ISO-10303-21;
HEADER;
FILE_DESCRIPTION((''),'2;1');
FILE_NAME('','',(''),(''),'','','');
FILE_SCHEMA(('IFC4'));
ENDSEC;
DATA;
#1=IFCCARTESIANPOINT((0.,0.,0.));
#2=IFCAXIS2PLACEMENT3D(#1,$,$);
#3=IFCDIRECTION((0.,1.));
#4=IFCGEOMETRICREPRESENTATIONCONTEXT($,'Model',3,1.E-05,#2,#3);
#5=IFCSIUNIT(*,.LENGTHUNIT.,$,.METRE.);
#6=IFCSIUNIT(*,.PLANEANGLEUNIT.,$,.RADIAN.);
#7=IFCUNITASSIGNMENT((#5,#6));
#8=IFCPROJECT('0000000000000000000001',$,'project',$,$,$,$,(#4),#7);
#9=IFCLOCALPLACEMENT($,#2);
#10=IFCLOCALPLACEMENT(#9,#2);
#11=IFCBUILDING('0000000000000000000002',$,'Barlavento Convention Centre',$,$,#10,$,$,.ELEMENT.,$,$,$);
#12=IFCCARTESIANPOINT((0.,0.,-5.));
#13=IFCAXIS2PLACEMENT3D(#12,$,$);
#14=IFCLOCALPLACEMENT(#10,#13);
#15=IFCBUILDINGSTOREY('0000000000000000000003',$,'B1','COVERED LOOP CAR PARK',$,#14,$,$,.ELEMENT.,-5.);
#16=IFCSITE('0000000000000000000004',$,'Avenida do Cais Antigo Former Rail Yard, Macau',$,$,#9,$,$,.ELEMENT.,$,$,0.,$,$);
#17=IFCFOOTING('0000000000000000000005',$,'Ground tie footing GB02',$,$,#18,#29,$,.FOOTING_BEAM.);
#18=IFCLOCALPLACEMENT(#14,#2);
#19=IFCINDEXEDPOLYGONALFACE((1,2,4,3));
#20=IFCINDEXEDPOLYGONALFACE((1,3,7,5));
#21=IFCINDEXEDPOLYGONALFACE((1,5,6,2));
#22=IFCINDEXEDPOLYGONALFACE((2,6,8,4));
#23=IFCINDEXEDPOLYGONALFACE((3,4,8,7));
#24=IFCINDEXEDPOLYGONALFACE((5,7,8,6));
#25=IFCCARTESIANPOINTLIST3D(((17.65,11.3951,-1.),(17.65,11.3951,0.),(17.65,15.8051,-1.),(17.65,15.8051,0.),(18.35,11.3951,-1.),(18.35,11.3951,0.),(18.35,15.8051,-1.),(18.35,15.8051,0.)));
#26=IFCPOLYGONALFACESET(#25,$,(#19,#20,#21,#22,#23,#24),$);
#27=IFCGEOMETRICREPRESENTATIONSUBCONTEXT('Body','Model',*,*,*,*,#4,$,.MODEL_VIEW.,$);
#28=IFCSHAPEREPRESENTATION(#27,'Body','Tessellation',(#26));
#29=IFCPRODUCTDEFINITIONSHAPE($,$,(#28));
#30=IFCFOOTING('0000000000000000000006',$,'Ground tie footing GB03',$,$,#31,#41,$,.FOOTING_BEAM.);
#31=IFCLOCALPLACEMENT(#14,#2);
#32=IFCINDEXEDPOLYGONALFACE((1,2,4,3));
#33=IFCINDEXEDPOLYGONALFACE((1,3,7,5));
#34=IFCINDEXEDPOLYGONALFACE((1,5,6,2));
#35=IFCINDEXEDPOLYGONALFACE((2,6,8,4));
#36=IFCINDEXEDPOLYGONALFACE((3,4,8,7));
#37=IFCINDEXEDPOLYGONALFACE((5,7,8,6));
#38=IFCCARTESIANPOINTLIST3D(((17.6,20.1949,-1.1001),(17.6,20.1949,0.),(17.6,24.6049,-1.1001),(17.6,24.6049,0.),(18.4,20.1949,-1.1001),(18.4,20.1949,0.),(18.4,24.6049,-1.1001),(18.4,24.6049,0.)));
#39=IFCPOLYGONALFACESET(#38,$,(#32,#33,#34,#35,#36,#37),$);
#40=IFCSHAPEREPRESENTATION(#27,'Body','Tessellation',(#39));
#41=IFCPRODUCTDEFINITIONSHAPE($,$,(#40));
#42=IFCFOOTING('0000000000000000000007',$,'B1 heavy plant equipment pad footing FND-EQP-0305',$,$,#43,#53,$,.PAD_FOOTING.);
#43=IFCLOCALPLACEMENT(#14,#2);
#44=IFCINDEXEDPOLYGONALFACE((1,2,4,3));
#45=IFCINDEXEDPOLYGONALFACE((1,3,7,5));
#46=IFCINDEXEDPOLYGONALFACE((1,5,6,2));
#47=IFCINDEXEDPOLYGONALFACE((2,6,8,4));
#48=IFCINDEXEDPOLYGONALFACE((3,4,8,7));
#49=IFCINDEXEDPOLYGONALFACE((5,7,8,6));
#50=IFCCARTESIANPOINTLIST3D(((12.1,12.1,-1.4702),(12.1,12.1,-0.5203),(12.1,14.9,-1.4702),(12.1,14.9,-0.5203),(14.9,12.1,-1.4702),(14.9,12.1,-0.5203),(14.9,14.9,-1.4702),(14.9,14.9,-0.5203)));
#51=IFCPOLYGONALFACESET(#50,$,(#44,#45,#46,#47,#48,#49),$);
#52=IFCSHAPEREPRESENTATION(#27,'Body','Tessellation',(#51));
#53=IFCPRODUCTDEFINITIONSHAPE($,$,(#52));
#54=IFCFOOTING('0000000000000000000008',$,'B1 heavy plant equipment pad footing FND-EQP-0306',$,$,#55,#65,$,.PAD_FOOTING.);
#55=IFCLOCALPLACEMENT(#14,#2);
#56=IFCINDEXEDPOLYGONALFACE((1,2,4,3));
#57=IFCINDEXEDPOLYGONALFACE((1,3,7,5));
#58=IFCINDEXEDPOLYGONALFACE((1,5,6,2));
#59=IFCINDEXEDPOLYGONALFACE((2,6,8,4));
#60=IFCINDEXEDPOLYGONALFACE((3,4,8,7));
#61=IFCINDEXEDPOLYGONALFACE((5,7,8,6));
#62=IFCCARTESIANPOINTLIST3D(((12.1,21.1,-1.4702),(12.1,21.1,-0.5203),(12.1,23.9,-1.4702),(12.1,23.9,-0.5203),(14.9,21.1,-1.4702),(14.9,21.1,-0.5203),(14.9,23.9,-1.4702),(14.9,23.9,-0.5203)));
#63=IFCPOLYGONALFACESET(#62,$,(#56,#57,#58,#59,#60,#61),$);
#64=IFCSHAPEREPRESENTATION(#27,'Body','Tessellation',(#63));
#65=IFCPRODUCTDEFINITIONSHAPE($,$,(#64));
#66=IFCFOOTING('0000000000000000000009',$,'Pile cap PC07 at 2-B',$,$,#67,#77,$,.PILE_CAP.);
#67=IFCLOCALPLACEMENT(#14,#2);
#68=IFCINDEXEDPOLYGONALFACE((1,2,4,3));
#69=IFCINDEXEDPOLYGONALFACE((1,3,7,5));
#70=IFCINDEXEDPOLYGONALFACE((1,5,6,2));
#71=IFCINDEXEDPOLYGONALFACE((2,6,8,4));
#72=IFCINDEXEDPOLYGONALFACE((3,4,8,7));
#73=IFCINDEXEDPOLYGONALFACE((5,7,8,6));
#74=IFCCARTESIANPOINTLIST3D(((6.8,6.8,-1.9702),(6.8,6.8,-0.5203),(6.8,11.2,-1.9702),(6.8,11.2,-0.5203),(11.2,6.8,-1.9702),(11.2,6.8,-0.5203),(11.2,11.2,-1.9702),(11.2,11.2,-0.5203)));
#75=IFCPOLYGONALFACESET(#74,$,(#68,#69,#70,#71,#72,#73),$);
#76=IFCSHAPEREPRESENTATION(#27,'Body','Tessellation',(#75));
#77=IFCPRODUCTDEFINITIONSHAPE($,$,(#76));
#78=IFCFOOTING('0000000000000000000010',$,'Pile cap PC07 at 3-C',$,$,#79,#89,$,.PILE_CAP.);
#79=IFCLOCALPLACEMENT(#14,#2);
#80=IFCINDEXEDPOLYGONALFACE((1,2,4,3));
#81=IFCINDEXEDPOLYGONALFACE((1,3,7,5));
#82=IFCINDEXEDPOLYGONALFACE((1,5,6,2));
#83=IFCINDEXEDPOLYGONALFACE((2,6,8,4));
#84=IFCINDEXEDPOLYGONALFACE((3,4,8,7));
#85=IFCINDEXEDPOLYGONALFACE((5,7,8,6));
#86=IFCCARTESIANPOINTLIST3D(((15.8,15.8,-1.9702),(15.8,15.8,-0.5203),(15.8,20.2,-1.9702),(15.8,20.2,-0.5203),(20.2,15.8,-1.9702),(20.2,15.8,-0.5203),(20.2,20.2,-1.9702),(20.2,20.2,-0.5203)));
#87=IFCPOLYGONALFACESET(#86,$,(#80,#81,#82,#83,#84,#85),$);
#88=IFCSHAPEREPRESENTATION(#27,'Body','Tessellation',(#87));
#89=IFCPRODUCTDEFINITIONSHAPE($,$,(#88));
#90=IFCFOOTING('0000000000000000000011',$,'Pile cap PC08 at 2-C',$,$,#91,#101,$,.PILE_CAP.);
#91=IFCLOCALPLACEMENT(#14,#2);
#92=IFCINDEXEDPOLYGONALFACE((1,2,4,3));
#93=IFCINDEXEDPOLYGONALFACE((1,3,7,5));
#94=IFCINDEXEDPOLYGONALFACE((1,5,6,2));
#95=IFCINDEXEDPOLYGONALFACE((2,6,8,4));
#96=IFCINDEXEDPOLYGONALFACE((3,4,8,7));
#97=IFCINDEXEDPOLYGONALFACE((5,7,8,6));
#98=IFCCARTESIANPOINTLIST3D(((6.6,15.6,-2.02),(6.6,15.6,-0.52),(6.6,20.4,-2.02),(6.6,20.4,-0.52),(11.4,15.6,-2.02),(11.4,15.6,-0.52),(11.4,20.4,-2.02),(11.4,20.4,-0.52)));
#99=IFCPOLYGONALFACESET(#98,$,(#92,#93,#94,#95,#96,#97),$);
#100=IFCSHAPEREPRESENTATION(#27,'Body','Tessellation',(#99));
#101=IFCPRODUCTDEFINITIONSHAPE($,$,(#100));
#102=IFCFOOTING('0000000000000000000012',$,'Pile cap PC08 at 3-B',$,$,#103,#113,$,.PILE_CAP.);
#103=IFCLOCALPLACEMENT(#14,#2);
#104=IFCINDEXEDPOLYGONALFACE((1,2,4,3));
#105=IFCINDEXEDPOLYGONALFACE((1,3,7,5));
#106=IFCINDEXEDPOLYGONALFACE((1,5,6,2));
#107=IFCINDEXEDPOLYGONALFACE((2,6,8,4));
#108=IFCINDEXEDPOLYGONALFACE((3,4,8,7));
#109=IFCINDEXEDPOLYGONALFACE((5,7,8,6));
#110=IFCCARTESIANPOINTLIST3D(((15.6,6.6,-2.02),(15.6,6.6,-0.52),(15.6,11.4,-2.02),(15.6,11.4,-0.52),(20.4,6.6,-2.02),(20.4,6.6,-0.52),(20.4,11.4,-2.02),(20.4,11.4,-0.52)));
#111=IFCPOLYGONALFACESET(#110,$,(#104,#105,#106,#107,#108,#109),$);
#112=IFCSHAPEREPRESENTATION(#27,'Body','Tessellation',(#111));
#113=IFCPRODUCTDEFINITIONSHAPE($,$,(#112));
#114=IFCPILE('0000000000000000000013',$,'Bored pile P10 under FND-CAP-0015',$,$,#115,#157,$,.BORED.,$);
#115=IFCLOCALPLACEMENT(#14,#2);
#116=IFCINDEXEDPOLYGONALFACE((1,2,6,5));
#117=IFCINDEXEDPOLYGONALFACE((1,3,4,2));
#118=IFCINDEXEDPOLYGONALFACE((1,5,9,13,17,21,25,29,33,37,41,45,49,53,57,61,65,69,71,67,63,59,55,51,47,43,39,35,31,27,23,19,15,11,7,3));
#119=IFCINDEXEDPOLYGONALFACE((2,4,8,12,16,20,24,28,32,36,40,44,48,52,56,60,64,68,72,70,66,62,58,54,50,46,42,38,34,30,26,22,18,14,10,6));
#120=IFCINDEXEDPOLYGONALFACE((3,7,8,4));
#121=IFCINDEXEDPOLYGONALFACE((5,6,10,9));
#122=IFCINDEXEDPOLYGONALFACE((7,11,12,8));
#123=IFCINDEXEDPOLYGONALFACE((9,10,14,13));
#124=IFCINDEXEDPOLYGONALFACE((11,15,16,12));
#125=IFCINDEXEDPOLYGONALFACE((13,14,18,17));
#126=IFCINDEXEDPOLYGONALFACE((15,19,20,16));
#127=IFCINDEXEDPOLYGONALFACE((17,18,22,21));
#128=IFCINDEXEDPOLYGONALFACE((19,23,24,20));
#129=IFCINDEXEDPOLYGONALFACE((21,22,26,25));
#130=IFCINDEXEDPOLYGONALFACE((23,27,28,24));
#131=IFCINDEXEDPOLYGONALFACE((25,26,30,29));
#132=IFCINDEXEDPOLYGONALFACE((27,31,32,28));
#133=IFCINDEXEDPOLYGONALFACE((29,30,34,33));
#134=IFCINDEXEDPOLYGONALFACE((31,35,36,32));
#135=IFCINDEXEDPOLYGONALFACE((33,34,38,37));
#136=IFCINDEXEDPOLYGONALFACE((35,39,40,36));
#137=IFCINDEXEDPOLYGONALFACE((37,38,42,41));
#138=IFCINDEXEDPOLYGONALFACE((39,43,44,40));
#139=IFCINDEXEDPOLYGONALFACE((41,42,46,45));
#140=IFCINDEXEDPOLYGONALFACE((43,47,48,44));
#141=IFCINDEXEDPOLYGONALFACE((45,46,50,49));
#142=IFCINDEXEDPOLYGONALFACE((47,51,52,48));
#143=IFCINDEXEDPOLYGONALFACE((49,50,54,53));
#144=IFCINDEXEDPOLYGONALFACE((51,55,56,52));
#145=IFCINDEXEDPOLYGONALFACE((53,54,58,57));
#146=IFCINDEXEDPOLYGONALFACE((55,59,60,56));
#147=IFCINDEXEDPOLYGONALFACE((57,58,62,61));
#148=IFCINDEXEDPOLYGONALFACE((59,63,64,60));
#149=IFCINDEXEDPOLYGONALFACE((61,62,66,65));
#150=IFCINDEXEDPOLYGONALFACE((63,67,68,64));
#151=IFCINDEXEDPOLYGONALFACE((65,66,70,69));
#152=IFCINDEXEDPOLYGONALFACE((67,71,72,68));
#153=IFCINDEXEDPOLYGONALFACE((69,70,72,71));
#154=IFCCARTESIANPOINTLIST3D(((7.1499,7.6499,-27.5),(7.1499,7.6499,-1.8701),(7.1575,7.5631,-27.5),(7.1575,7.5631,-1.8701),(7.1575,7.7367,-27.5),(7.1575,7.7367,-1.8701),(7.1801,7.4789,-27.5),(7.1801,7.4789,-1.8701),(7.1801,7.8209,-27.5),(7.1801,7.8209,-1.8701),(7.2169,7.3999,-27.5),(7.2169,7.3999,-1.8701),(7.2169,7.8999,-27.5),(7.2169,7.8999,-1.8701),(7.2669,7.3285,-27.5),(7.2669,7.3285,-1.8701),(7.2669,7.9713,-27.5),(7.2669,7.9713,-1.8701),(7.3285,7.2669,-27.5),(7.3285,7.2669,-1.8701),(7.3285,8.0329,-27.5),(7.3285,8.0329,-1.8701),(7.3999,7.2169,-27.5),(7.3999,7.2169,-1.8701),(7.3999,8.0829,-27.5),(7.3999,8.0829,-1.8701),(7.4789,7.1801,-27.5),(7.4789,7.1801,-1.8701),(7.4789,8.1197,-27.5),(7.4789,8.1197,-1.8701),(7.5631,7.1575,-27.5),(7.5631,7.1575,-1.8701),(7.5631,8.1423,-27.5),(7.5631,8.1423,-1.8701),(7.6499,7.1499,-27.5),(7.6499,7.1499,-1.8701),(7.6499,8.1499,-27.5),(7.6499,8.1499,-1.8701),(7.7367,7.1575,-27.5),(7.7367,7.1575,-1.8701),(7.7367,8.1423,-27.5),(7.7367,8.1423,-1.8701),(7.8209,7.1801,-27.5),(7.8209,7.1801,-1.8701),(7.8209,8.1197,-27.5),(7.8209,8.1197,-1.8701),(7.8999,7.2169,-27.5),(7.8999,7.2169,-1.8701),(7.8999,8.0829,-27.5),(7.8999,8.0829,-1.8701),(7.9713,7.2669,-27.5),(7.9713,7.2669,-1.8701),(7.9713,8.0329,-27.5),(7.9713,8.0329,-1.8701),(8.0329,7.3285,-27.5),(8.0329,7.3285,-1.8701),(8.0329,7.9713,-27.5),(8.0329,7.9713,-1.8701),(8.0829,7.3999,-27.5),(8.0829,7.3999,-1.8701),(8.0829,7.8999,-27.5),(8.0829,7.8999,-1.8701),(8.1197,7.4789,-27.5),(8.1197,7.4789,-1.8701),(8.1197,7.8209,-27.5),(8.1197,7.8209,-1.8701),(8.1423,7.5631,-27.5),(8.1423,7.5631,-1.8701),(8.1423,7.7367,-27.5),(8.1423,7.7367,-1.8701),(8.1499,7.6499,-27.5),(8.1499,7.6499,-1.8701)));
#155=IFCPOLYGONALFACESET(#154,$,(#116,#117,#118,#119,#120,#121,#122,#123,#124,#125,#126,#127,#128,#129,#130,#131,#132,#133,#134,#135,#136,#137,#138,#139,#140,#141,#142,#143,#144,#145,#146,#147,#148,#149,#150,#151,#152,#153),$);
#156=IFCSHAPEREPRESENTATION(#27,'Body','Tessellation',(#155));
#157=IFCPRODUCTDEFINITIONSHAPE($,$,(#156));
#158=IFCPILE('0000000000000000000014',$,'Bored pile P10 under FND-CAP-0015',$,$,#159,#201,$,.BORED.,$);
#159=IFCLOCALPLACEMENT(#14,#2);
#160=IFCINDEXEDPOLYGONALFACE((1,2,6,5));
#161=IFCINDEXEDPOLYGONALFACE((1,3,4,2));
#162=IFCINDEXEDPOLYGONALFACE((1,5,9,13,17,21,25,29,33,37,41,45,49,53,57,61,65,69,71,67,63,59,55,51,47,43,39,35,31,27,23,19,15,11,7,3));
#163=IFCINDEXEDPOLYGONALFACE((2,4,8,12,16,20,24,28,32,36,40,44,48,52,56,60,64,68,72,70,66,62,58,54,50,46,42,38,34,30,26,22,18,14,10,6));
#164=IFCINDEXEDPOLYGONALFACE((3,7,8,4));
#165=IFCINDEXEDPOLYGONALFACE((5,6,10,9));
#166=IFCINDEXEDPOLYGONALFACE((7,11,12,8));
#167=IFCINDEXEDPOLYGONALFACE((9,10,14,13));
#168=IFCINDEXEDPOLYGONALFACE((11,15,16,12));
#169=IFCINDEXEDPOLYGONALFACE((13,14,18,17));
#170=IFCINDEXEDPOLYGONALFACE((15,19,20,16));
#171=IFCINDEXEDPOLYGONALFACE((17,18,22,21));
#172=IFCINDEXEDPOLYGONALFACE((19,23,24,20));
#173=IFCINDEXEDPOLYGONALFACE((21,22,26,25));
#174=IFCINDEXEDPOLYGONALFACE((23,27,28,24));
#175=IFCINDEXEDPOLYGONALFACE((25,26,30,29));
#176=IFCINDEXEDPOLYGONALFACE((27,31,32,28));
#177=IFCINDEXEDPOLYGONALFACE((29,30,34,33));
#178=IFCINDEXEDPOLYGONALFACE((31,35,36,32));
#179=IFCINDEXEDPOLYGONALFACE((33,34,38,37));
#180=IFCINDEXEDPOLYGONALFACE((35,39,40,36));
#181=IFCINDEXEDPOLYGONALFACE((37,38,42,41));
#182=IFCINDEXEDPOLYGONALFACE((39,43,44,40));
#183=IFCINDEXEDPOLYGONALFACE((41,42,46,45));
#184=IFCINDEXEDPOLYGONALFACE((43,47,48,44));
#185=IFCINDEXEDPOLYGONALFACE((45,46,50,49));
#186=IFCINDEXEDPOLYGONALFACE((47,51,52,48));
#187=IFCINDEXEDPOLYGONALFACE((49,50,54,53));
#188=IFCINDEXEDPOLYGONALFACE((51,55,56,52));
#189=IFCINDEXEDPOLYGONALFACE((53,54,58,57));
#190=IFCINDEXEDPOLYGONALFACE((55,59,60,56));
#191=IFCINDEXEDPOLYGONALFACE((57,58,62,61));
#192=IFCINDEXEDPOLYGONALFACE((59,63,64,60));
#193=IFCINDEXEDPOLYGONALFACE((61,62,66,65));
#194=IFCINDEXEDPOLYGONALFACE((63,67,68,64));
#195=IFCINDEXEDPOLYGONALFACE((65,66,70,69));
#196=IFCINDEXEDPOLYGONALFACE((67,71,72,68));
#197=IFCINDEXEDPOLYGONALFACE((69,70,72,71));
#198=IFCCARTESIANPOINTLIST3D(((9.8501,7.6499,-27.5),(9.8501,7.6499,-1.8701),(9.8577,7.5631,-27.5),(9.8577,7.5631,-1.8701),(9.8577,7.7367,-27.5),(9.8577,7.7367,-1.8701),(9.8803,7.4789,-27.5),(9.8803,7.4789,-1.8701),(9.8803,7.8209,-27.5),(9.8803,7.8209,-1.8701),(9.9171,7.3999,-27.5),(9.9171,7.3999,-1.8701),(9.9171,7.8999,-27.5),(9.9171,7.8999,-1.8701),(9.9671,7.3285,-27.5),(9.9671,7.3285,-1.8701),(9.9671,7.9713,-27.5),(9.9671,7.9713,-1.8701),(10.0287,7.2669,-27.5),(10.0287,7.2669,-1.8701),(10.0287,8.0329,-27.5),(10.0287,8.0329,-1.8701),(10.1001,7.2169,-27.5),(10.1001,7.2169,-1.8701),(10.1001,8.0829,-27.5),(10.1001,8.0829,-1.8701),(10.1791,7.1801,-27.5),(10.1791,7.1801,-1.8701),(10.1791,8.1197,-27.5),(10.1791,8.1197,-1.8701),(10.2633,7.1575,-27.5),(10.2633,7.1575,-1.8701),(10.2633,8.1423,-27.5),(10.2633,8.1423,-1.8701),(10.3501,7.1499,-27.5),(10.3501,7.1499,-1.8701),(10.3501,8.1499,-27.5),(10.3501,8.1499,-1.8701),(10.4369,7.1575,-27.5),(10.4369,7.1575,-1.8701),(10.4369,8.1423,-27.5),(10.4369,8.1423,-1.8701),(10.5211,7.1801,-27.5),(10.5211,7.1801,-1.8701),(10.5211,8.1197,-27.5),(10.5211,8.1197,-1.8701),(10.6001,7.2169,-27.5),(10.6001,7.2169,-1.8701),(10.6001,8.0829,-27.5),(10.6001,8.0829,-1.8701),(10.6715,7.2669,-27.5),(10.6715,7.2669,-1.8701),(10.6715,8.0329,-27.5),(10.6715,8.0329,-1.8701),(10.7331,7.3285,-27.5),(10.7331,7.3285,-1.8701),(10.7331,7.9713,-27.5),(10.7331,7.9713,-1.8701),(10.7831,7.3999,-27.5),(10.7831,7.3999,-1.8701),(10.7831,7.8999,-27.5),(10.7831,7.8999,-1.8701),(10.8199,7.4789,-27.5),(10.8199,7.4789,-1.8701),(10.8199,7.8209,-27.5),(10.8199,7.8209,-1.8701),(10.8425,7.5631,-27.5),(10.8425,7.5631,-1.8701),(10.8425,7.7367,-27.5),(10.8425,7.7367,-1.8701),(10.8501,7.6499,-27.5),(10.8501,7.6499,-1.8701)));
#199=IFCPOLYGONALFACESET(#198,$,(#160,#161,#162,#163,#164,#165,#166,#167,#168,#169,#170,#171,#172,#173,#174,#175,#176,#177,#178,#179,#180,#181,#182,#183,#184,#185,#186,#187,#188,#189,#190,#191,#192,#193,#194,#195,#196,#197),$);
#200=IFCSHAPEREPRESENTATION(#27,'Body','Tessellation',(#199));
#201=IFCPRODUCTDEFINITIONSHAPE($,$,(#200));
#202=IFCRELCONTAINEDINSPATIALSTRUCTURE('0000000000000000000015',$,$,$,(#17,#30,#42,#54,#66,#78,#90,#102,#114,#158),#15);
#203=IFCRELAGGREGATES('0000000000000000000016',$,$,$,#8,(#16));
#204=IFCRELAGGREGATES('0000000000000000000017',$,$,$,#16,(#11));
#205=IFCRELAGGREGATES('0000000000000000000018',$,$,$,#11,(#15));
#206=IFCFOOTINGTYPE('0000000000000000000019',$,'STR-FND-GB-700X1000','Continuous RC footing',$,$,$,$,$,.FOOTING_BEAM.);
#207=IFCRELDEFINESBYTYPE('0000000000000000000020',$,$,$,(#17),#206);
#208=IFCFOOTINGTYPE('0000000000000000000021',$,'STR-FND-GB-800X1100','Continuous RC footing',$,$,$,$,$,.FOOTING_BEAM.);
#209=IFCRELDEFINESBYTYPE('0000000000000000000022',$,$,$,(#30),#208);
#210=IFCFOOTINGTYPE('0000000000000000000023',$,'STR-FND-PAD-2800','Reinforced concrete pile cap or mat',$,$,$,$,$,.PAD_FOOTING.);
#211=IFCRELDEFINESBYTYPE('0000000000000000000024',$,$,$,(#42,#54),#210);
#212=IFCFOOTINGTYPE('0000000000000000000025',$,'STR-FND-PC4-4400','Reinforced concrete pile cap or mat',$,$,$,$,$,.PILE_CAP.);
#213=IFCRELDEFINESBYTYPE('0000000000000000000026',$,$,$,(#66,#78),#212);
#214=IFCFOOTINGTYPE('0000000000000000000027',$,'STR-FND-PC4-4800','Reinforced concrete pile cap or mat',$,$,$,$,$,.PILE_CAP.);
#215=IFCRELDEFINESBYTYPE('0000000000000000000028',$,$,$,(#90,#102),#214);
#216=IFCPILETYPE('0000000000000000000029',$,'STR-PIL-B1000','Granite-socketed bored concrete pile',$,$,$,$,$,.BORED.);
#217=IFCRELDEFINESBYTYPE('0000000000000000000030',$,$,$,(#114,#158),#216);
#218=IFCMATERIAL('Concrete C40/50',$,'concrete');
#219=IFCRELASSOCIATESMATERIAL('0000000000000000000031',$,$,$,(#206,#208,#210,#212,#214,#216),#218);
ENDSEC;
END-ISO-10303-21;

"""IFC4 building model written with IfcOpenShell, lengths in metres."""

from ifc_helpers import new_model, si_unit, direction, frame, origin, origin_2d, place, context, subcontext, project, spatial, rectangle, circle, extrude, material, material_profile, profile_set, type_object, element, save


model = new_model("IFC4")

# Units and contexts
model_context = context("Model", 3, precision=1e-05, world=origin(), true_north=direction((0.0, 1.0)))
body_context = subcontext(model_context, "Body", "Model", "MODEL_VIEW")
ifc_project = project(units=[si_unit("LENGTHUNIT", "METRE"), si_unit("PLANEANGLEUNIT", "RADIAN")], contexts=[model_context])

# Site, building, storey
site_placement = place(None, origin())
site = spatial("IfcSite", under=ifc_project, at=site_placement, Name="Avenida do Cais Antigo Former Rail Yard, Macau", CompositionType="ELEMENT", RefElevation=0.0)
building_placement = place(site_placement, origin())
building = spatial("IfcBuilding", under=site, at=building_placement, Name="Barlavento Convention Centre", CompositionType="ELEMENT")
storey_placement = place(building_placement, frame((0.0, 0.0, -5.0)))
storey = spatial("IfcBuildingStorey", under=building, at=storey_placement, Name="B1", Description="COVERED LOOP CAR PARK", CompositionType="ELEMENT", Elevation=-5.0)

# Footings
ifc_material_1 = material(Name="Concrete C40/50", Category="concrete")
footing_type_1 = type_object("IfcFootingType", Name="STR-FND-GB-700X1000", Description="Continuous RC footing", PredefinedType="FOOTING_BEAM", material=ifc_material_1)
footing_1_placement = place(storey_placement, frame((18.0, 13.6001, -1.0), z_axis=(0.0, 0.0, 1.0), x_axis=(1.0, 0.0, 0.0)))
element("IfcFooting", 1, at=footing_1_placement, inside=storey, type_object=footing_type_1, Name="Ground tie footing GB02", PredefinedType="FOOTING_BEAM", context=body_context, shape_type="SweptSolid", body=[
    extrude(rectangle(XDim=0.7, YDim=4.4099, at=origin_2d()), origin(), (0.0, 0.0, 1.0), 1.0),
])
footing_type_2 = type_object("IfcFootingType", Name="STR-FND-GB-800X1100", Description="Continuous RC footing", PredefinedType="FOOTING_BEAM", material=ifc_material_1)
footing_2_placement = place(storey_placement, frame((18.0, 22.3999, -1.1001), z_axis=(0.0, 0.0, 1.0), x_axis=(1.0, 0.0, 0.0)))
element("IfcFooting", 2, at=footing_2_placement, inside=storey, type_object=footing_type_2, Name="Ground tie footing GB03", PredefinedType="FOOTING_BEAM", context=body_context, shape_type="SweptSolid", body=[
    extrude(rectangle(XDim=0.8, YDim=4.4099, at=origin_2d()), origin(), (0.0, 0.0, 1.0), 1.1001),
])
footing_type_3 = type_object("IfcFootingType", Name="STR-FND-PAD-2800", Description="Reinforced concrete pile cap or mat", PredefinedType="PAD_FOOTING", material=ifc_material_1)
for number, where, z_axis, x_axis, name in (
    (3, (13.5, 13.5, -1.4702), (0.0, 0.0, 1.0), (1.0, 0.0, 0.0), "B1 heavy plant equipment pad footing FND-EQP-0305"),
    (4, (13.5, 22.5, -1.4702), (0.0, 0.0, 1.0), (1.0, 0.0, 0.0), "B1 heavy plant equipment pad footing FND-EQP-0306"),
):
    element("IfcFooting", number, at=place(storey_placement, frame(where, z_axis=z_axis, x_axis=x_axis)), inside=storey, type_object=footing_type_3, Name=name, PredefinedType="PAD_FOOTING", context=body_context, shape_type="SweptSolid", body=[
        extrude(rectangle(XDim=2.8, YDim=2.8, at=origin_2d()), origin(), (0.0, 0.0, 1.0), 0.95),
    ])
footing_type_4 = type_object("IfcFootingType", Name="STR-FND-PC4-4400", Description="Reinforced concrete pile cap or mat", PredefinedType="PILE_CAP", material=ifc_material_1)
for number, where, z_axis, x_axis, name in (
    (5, (9.0, 9.0, -1.9702), (0.0, 0.0, 1.0), (1.0, 0.0, 0.0), "Pile cap PC07 at 2-B"),
    (6, (18.0, 18.0, -1.9702), (0.0, 0.0, 1.0), (1.0, 0.0, 0.0), "Pile cap PC07 at 3-C"),
):
    element("IfcFooting", number, at=place(storey_placement, frame(where, z_axis=z_axis, x_axis=x_axis)), inside=storey, type_object=footing_type_4, Name=name, PredefinedType="PILE_CAP", context=body_context, shape_type="SweptSolid", body=[
        extrude(rectangle(XDim=4.3999, YDim=4.3999, at=origin_2d()), origin(), (0.0, 0.0, 1.0), 1.45),
    ])
footing_type_5 = type_object("IfcFootingType", Name="STR-FND-PC4-4800", Description="Reinforced concrete pile cap or mat", PredefinedType="PILE_CAP", material=ifc_material_1)
for number, where, z_axis, x_axis, name in (
    (7, (9.0, 18.0, -2.02), (0.0, 0.0, 1.0), (1.0, 0.0, 0.0), "Pile cap PC08 at 2-C"),
    (8, (18.0, 9.0, -2.02), (0.0, 0.0, 1.0), (1.0, 0.0, 0.0), "Pile cap PC08 at 3-B"),
):
    element("IfcFooting", number, at=place(storey_placement, frame(where, z_axis=z_axis, x_axis=x_axis)), inside=storey, type_object=footing_type_5, Name=name, PredefinedType="PILE_CAP", context=body_context, shape_type="SweptSolid", body=[
        extrude(rectangle(XDim=4.8, YDim=4.8, at=origin_2d()), origin(), (0.0, 0.0, 1.0), 1.5),
    ])

# Piles
ifc_material_profile_1 = material_profile(ifc_material_1, circle(Radius=0.5, at=origin_2d()), Name="BORED PILE 1000")
ifc_profile_set_1 = profile_set([ifc_material_profile_1], Name="Concrete C40/50")
pile_type_1 = type_object("IfcPileType", Name="STR-PIL-B1000", Description="Granite-socketed bored concrete pile", PredefinedType="BORED", material=ifc_profile_set_1)
for number, where, z_axis, x_axis, name in (
    (9, (7.6499, 7.6499, -1.8701), (0.0, 0.0, -1.0), (1.0, 0.0, 0.0), "Bored pile P10 under FND-CAP-0015"),
    (10, (10.3501, 7.6499, -1.8701), (0.0, 0.0, -1.0), (1.0, 0.0, 0.0), "Bored pile P10 under FND-CAP-0015"),
):
    element("IfcPile", number, at=place(storey_placement, frame(where, z_axis=z_axis, x_axis=x_axis)), inside=storey, type_object=pile_type_1, Name=name, PredefinedType="BORED", context=body_context, shape_type="SweptSolid", body=[
        extrude(circle(Radius=0.5, at=origin_2d()), origin(), (0.0, 0.0, 1.0), 25.6299),
    ])

save(model, "model.ifc")
